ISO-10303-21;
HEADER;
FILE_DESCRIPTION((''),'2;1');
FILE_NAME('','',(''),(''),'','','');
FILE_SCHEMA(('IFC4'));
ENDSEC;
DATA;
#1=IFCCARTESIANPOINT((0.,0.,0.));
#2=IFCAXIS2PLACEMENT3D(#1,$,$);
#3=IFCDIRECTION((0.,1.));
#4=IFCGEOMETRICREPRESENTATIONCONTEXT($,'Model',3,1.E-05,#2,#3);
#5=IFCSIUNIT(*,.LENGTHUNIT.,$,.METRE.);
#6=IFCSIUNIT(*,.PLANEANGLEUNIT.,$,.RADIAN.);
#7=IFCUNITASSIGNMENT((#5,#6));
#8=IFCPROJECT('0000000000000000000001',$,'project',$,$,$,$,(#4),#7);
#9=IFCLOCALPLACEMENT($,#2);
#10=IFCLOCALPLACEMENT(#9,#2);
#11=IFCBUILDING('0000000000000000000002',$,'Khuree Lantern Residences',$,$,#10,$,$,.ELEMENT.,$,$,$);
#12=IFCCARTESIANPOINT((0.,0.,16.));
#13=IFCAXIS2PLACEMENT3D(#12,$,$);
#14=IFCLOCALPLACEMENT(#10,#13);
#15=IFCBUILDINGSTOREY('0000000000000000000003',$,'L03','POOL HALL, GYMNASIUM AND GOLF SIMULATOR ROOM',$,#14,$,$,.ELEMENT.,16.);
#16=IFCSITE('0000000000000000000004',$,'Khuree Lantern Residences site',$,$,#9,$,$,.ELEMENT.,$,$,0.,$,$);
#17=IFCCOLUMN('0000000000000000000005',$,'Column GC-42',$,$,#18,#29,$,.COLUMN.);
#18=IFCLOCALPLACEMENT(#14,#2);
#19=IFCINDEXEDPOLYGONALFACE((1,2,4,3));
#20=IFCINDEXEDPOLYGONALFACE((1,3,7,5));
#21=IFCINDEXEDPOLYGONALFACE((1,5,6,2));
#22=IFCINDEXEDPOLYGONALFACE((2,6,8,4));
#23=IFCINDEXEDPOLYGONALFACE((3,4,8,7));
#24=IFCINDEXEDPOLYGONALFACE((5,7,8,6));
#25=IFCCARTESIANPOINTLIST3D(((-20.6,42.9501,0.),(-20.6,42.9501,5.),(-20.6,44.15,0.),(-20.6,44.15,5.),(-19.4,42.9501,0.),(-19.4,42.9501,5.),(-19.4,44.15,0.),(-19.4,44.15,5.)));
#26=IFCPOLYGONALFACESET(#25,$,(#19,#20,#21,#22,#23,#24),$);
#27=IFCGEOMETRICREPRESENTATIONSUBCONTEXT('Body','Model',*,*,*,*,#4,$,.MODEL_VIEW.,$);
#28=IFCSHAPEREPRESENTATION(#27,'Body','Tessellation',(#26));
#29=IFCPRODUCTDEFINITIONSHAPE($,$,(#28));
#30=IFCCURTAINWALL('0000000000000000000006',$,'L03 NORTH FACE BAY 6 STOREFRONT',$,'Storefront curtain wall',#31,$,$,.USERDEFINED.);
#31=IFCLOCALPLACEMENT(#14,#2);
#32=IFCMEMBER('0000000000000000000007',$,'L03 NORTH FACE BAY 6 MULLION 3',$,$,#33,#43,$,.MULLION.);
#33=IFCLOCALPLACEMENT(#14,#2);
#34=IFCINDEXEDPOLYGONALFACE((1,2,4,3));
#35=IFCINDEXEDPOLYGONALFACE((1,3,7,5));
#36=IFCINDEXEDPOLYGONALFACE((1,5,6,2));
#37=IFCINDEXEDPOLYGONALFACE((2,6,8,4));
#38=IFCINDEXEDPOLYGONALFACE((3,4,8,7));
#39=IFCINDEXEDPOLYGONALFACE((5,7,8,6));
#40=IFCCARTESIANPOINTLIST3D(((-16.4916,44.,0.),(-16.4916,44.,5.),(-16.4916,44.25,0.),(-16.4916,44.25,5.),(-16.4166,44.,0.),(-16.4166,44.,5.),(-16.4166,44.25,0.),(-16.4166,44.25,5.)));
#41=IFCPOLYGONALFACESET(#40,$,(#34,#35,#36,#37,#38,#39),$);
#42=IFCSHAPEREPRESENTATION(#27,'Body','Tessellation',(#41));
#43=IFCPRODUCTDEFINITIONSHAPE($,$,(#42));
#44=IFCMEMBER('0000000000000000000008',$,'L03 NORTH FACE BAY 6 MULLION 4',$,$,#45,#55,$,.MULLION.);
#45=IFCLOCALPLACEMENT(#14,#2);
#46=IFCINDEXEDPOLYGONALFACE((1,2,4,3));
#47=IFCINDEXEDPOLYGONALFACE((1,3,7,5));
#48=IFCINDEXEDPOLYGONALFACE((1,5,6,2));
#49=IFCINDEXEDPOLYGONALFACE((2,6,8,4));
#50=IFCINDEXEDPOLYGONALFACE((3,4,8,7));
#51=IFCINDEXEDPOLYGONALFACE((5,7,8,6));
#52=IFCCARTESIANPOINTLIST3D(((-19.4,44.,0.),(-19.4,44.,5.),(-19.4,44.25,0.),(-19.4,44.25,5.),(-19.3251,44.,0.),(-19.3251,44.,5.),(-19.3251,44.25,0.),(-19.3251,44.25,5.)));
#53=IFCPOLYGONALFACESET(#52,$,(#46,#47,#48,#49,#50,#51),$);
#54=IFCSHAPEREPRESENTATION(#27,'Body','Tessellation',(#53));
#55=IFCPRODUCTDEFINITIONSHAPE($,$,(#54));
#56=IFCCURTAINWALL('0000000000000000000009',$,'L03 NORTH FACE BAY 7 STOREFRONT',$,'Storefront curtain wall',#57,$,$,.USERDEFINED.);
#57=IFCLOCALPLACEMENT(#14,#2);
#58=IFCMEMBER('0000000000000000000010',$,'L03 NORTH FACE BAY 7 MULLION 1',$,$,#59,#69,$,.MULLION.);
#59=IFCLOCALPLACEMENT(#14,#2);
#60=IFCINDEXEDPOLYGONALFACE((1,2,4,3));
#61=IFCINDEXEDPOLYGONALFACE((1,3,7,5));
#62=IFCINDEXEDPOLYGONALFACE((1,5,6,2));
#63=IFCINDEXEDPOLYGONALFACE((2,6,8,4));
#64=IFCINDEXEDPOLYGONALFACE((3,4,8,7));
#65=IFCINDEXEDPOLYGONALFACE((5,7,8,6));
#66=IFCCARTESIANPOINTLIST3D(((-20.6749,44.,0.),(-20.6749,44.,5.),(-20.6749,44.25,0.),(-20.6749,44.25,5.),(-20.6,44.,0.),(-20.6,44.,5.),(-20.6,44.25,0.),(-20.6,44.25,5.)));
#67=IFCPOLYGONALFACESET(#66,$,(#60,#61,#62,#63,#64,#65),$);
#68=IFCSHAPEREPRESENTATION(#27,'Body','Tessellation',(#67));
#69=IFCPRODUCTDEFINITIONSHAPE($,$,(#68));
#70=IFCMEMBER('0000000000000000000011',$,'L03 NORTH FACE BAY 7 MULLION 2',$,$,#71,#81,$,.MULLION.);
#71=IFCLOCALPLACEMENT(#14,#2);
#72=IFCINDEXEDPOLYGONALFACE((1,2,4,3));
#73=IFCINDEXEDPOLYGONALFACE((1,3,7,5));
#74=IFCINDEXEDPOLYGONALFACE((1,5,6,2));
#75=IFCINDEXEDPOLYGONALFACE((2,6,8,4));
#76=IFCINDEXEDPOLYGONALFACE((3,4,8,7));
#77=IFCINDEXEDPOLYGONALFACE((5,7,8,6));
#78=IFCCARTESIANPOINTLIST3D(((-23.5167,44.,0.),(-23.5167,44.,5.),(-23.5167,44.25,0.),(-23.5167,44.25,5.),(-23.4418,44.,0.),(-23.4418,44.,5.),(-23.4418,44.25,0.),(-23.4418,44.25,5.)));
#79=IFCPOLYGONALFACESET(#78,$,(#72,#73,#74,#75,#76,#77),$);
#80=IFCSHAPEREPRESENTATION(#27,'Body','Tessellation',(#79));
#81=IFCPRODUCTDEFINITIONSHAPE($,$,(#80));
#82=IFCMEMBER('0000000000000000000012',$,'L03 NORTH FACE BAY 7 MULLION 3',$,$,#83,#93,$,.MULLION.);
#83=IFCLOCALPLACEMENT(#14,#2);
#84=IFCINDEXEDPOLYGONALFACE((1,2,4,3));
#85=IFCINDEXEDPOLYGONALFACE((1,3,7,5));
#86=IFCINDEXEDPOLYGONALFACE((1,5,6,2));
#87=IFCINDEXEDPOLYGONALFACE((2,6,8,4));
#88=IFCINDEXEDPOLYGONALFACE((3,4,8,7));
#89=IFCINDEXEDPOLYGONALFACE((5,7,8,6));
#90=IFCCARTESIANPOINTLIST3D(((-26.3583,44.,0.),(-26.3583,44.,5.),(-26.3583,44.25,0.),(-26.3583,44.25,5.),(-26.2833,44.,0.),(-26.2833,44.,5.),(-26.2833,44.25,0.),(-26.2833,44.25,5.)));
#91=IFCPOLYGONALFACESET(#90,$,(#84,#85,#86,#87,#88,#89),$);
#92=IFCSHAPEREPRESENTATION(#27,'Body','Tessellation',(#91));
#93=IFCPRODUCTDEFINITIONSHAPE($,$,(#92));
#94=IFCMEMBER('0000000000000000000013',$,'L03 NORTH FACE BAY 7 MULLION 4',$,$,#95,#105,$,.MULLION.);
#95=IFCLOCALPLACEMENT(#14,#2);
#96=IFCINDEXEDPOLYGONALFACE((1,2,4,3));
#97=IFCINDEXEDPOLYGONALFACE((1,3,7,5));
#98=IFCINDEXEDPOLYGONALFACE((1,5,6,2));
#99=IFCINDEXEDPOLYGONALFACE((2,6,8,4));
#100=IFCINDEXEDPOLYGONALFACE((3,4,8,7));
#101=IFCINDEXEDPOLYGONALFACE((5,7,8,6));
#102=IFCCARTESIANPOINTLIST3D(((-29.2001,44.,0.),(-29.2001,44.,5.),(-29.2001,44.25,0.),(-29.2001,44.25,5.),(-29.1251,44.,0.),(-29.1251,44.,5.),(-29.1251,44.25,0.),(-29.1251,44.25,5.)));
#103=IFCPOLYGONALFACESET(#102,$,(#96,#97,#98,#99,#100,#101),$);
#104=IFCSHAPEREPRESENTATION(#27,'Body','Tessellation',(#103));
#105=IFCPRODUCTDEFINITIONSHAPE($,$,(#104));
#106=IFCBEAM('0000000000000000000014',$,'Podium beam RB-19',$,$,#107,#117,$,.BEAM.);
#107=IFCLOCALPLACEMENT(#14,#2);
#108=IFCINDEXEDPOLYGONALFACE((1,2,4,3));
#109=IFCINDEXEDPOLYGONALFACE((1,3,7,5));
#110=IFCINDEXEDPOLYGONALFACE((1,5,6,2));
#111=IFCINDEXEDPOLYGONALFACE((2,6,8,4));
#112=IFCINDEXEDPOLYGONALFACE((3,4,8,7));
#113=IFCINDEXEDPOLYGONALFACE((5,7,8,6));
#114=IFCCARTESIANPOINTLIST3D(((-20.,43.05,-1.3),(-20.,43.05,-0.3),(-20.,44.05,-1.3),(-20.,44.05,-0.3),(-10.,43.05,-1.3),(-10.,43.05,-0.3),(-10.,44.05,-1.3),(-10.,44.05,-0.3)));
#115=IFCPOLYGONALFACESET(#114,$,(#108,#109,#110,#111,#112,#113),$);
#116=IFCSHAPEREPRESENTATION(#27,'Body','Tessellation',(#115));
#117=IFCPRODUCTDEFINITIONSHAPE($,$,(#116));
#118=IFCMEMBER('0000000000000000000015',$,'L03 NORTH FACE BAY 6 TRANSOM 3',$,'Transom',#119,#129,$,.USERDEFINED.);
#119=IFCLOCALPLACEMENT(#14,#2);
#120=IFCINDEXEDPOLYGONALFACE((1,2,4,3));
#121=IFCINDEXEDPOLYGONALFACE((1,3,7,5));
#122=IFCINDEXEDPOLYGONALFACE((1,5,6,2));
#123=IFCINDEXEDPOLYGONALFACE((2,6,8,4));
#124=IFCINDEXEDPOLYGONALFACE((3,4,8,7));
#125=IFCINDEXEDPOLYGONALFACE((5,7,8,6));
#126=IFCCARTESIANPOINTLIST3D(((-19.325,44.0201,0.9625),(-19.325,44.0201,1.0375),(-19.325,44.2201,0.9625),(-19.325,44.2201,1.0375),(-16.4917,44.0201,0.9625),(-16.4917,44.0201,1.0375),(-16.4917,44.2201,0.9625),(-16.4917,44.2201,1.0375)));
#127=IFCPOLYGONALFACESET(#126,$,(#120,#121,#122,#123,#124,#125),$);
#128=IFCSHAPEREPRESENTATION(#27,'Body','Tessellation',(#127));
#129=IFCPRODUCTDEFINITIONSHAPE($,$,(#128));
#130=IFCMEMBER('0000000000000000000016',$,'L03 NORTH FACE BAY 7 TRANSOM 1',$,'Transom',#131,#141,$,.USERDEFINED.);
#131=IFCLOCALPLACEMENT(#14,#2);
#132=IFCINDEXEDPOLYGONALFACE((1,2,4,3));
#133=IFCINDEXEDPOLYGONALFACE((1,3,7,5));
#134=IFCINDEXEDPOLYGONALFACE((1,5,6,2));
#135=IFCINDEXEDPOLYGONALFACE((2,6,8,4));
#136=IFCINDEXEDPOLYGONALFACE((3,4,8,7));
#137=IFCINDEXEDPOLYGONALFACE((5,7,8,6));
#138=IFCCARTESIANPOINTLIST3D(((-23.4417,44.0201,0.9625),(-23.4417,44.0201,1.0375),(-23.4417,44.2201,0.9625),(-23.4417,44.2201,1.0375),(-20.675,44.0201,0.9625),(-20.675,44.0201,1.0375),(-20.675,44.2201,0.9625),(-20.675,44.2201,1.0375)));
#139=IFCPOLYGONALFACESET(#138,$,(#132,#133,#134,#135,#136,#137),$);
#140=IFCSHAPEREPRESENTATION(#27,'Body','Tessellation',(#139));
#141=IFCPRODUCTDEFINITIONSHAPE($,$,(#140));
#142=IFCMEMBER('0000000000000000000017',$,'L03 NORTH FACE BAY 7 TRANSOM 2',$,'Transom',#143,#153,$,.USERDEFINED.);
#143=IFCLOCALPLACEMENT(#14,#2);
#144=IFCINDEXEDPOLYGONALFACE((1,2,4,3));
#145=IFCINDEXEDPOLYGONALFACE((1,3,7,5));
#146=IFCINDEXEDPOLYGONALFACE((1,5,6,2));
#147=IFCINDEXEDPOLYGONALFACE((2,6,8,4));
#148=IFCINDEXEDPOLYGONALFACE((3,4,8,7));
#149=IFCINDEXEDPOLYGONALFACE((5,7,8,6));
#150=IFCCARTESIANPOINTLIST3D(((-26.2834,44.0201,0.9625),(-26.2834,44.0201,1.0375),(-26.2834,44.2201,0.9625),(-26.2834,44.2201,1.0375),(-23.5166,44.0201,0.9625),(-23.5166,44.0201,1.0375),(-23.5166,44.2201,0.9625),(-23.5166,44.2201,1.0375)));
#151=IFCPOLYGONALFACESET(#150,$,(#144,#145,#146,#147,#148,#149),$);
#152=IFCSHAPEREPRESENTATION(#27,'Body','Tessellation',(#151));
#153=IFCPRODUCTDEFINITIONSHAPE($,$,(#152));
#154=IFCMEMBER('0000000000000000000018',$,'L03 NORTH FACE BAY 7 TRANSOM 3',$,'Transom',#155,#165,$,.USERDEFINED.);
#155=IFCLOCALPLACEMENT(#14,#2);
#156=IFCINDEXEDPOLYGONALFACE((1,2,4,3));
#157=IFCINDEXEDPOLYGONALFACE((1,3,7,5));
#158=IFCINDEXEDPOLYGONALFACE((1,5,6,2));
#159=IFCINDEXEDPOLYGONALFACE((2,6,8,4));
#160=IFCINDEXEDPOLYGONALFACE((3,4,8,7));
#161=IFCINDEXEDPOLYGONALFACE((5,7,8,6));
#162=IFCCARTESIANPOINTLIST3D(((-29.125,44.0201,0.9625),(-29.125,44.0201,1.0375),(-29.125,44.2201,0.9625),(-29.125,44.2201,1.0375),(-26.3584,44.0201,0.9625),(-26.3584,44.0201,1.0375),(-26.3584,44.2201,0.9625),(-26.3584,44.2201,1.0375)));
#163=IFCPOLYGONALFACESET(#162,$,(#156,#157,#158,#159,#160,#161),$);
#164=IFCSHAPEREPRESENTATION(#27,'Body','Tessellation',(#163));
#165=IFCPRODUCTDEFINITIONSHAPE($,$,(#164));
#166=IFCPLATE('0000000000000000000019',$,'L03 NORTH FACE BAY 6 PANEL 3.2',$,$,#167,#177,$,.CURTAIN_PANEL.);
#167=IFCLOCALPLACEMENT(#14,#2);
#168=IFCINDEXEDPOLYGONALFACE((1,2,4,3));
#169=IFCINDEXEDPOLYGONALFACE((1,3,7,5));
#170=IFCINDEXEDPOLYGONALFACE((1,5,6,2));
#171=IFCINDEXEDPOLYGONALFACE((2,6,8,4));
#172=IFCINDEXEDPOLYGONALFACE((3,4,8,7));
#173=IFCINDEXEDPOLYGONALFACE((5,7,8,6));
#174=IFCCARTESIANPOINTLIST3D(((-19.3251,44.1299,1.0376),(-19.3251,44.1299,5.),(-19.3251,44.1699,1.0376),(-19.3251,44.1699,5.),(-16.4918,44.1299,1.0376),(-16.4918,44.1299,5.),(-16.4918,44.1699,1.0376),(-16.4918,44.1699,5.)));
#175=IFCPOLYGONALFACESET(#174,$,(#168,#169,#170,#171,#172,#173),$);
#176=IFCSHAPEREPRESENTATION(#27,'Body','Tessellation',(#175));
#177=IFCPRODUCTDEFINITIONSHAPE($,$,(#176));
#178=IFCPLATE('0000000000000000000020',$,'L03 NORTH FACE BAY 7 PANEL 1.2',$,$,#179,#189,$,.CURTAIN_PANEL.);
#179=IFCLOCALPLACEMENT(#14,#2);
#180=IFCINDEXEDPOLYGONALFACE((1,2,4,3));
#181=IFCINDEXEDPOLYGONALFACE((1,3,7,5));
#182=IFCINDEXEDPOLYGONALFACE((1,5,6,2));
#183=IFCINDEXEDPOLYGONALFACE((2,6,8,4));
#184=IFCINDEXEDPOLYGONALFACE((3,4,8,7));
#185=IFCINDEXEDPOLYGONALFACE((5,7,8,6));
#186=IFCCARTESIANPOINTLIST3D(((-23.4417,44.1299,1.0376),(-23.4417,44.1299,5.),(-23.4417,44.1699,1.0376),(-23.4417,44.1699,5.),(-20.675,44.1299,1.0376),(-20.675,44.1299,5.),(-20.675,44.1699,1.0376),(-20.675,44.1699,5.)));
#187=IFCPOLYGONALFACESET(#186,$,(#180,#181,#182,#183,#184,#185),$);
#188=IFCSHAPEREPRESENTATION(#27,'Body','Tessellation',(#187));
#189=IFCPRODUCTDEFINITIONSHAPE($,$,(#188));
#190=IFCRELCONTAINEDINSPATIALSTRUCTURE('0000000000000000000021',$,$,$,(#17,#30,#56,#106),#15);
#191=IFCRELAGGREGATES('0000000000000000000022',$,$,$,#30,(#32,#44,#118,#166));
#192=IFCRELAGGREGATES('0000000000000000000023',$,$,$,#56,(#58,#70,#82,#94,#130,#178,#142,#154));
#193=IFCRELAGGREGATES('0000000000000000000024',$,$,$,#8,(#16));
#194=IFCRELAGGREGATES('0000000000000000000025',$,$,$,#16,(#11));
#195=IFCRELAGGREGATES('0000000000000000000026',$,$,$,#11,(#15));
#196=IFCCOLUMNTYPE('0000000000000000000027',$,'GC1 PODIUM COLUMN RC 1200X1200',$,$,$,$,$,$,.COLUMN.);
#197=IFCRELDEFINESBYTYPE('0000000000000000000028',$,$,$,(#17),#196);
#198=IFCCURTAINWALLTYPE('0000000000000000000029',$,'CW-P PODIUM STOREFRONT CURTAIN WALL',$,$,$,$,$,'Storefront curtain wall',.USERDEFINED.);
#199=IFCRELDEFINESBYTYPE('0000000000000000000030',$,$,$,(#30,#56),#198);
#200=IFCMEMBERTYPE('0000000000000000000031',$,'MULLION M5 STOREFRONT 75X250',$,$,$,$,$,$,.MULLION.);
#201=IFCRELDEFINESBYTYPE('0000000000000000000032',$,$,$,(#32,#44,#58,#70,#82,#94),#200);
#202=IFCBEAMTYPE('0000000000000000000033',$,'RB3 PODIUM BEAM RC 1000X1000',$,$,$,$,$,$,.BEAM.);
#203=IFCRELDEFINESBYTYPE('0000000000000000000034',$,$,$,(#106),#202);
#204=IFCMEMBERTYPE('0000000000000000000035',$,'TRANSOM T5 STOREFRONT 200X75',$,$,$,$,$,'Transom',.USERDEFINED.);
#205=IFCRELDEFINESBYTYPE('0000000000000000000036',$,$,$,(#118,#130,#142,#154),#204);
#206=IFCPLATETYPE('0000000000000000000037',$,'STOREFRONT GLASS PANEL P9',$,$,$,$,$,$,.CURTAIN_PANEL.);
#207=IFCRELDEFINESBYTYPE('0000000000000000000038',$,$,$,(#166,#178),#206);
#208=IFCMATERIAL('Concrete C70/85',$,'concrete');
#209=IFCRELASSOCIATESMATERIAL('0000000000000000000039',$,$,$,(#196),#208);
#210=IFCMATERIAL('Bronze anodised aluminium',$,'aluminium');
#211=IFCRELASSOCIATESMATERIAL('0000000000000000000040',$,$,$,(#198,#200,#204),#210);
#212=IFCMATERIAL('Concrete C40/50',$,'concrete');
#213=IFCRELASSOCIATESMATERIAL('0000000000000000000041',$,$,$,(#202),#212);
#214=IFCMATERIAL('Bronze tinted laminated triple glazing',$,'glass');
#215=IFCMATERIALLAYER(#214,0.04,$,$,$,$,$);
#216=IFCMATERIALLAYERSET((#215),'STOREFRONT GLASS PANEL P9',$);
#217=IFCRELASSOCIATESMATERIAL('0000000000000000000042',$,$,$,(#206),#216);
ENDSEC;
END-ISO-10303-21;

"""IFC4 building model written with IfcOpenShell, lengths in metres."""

from ifc_helpers import new_model, si_unit, direction, frame, origin, origin_2d, place, context, subcontext, project, spatial, rectangle, extrude, material, layer, layer_set, material_profile, profile_set, type_object, element, aggregate, save


model = new_model("IFC4")

# Units and contexts
model_context = context("Model", 3, precision=1e-05, world=origin(), true_north=direction((0.0, 1.0)))
body_context = subcontext(model_context, "Body", "Model", "MODEL_VIEW")
ifc_project = project(units=[si_unit("LENGTHUNIT", "METRE"), si_unit("PLANEANGLEUNIT", "RADIAN")], contexts=[model_context])

# Site, building, storey
site_placement = place(None, origin())
site = spatial("IfcSite", under=ifc_project, at=site_placement, Name="Khuree Lantern Residences site", CompositionType="ELEMENT", RefElevation=0.0)
building_placement = place(site_placement, origin())
building = spatial("IfcBuilding", under=site, at=building_placement, Name="Khuree Lantern Residences", CompositionType="ELEMENT")
storey_placement = place(building_placement, frame((0.0, 0.0, 16.0)))
storey = spatial("IfcBuildingStorey", under=building, at=storey_placement, Name="L03", Description="POOL HALL, GYMNASIUM AND GOLF SIMULATOR ROOM", CompositionType="ELEMENT", Elevation=16.0)

# Column
ifc_material_1 = material(Name="Concrete C70/85", Category="concrete")
ifc_material_profile_1 = material_profile(ifc_material_1, rectangle(XDim=1.2, YDim=1.2, at=origin_2d()), Name="RC 1200X1200")
ifc_profile_set_1 = profile_set([ifc_material_profile_1], Name="Concrete C70/85")
column_type = type_object("IfcColumnType", Name="GC1 PODIUM COLUMN RC 1200X1200", PredefinedType="COLUMN", material=ifc_profile_set_1)
column_placement = place(storey_placement, frame((-20.0, 43.55, 0.0), z_axis=(0.0, 0.0, 1.0), x_axis=(1.0, 0.0, 0.0)))
element("IfcColumn", 1, at=column_placement, inside=storey, type_object=column_type, Name="Column GC-42", PredefinedType="COLUMN", context=body_context, shape_type="SweptSolid", body=[
    extrude(rectangle(XDim=1.2, YDim=1.2, at=origin_2d()), origin(), (0.0, 0.0, 1.0), 5.0),
])

# Curtain walls, members
ifc_material_2 = material(Name="Bronze anodised aluminium", Category="aluminium")
curtain_wall_type = type_object("IfcCurtainWallType", Name="CW-P PODIUM STOREFRONT CURTAIN WALL", ElementType="Storefront curtain wall", PredefinedType="USERDEFINED", material=ifc_material_2)
curtain_wall_1_placement = place(storey_placement, origin())
curtain_wall_1 = element("IfcCurtainWall", 2, at=curtain_wall_1_placement, inside=storey, type_object=curtain_wall_type, Name="L03 NORTH FACE BAY 6 STOREFRONT", ObjectType="Storefront curtain wall", PredefinedType="USERDEFINED")
ifc_material_profile_2 = material_profile(ifc_material_2, rectangle(XDim=0.075, YDim=0.25, at=origin_2d()), Name="M5 75X250")
ifc_profile_set_2 = profile_set([ifc_material_profile_2], Name="Bronze anodised aluminium")
member_type_1 = type_object("IfcMemberType", Name="MULLION M5 STOREFRONT 75X250", PredefinedType="MULLION", material=ifc_profile_set_2)
member_1_placement = place(storey_placement, frame((-16.4541, 44.125, 0.0), z_axis=(0.0, 0.0, 1.0), x_axis=(-1.0, 0.0, 0.0)))
member_1 = element("IfcMember", 3, at=member_1_placement, type_object=member_type_1, Name="L03 NORTH FACE BAY 6 MULLION 3", PredefinedType="MULLION", context=body_context, shape_type="SweptSolid", body=[
    extrude(rectangle(XDim=0.075, YDim=0.25, at=origin_2d()), origin(), (0.0, 0.0, 1.0), 5.0),
])
member_2_placement = place(storey_placement, frame((-19.3625, 44.125, 0.0), z_axis=(0.0, 0.0, 1.0), x_axis=(-1.0, 0.0, 0.0)))
member_2 = element("IfcMember", 4, at=member_2_placement, type_object=member_type_1, Name="L03 NORTH FACE BAY 6 MULLION 4", PredefinedType="MULLION", context=body_context, shape_type="SweptSolid", body=[
    extrude(rectangle(XDim=0.075, YDim=0.25, at=origin_2d()), origin(), (0.0, 0.0, 1.0), 5.0),
])
curtain_wall_2_placement = place(storey_placement, origin())
curtain_wall_2 = element("IfcCurtainWall", 5, at=curtain_wall_2_placement, inside=storey, type_object=curtain_wall_type, Name="L03 NORTH FACE BAY 7 STOREFRONT", ObjectType="Storefront curtain wall", PredefinedType="USERDEFINED")
member_3_placement = place(storey_placement, frame((-20.6375, 44.125, 0.0), z_axis=(0.0, 0.0, 1.0), x_axis=(-1.0, 0.0, 0.0)))
member_3 = element("IfcMember", 6, at=member_3_placement, type_object=member_type_1, Name="L03 NORTH FACE BAY 7 MULLION 1", PredefinedType="MULLION", context=body_context, shape_type="SweptSolid", body=[
    extrude(rectangle(XDim=0.075, YDim=0.25, at=origin_2d()), origin(), (0.0, 0.0, 1.0), 5.0),
])
member_4_placement = place(storey_placement, frame((-23.4792, 44.125, 0.0), z_axis=(0.0, 0.0, 1.0), x_axis=(-1.0, 0.0, 0.0)))
member_4 = element("IfcMember", 7, at=member_4_placement, type_object=member_type_1, Name="L03 NORTH FACE BAY 7 MULLION 2", PredefinedType="MULLION", context=body_context, shape_type="SweptSolid", body=[
    extrude(rectangle(XDim=0.075, YDim=0.25, at=origin_2d()), origin(), (0.0, 0.0, 1.0), 5.0),
])
member_5_placement = place(storey_placement, frame((-26.3208, 44.125, 0.0), z_axis=(0.0, 0.0, 1.0), x_axis=(-1.0, 0.0, 0.0)))
member_5 = element("IfcMember", 8, at=member_5_placement, type_object=member_type_1, Name="L03 NORTH FACE BAY 7 MULLION 3", PredefinedType="MULLION", context=body_context, shape_type="SweptSolid", body=[
    extrude(rectangle(XDim=0.075, YDim=0.25, at=origin_2d()), origin(), (0.0, 0.0, 1.0), 5.0),
])
member_6_placement = place(storey_placement, frame((-29.1626, 44.125, 0.0), z_axis=(0.0, 0.0, 1.0), x_axis=(-1.0, 0.0, 0.0)))
member_6 = element("IfcMember", 9, at=member_6_placement, type_object=member_type_1, Name="L03 NORTH FACE BAY 7 MULLION 4", PredefinedType="MULLION", context=body_context, shape_type="SweptSolid", body=[
    extrude(rectangle(XDim=0.075, YDim=0.25, at=origin_2d()), origin(), (0.0, 0.0, 1.0), 5.0),
])

# Beam
ifc_material_3 = material(Name="Concrete C40/50", Category="concrete")
ifc_material_profile_3 = material_profile(ifc_material_3, rectangle(XDim=1.0, YDim=1.0, at=origin_2d()), Name="RC 1000X1000")
ifc_profile_set_3 = profile_set([ifc_material_profile_3], Name="Concrete C40/50")
beam_type = type_object("IfcBeamType", Name="RB3 PODIUM BEAM RC 1000X1000", PredefinedType="BEAM", material=ifc_profile_set_3)
beam_placement = place(storey_placement, frame((-20.0, 43.55, -0.8), z_axis=(1.0, 0.0, 0.0), x_axis=(0.0, 1.0, 0.0)))
element("IfcBeam", 10, at=beam_placement, inside=storey, type_object=beam_type, Name="Podium beam RB-19", PredefinedType="BEAM", context=body_context, shape_type="SweptSolid", body=[
    extrude(rectangle(XDim=1.0, YDim=1.0, at=origin_2d()), origin(), (0.0, 0.0, 1.0), 10.0),
])

# Members
ifc_material_profile_4 = material_profile(ifc_material_2, rectangle(XDim=0.2, YDim=0.075, at=origin_2d()), Name="T5 200X75")
ifc_profile_set_4 = profile_set([ifc_material_profile_4], Name="Bronze anodised aluminium")
member_type_2 = type_object("IfcMemberType", Name="TRANSOM T5 STOREFRONT 200X75", ElementType="Transom", PredefinedType="USERDEFINED", material=ifc_profile_set_4)
member_7_placement = place(storey_placement, frame((-16.4917, 44.1201, 1.0), z_axis=(-1.0, 0.0, 0.0), x_axis=(0.0, -1.0, 0.0)))
member_7 = element("IfcMember", 11, at=member_7_placement, type_object=member_type_2, Name="L03 NORTH FACE BAY 6 TRANSOM 3", ObjectType="Transom", PredefinedType="USERDEFINED", context=body_context, shape_type="SweptSolid", body=[
    extrude(rectangle(XDim=0.2, YDim=0.075, at=origin_2d()), origin(), (0.0, 0.0, 1.0), 2.8333),
])
member_8_placement = place(storey_placement, frame((-20.675, 44.1201, 1.0), z_axis=(-1.0, 0.0, 0.0), x_axis=(0.0, -1.0, 0.0)))
member_8 = element("IfcMember", 12, at=member_8_placement, type_object=member_type_2, Name="L03 NORTH FACE BAY 7 TRANSOM 1", ObjectType="Transom", PredefinedType="USERDEFINED", context=body_context, shape_type="SweptSolid", body=[
    extrude(rectangle(XDim=0.2, YDim=0.075, at=origin_2d()), origin(), (0.0, 0.0, 1.0), 2.7666),
])
member_9_placement = place(storey_placement, frame((-23.5166, 44.1201, 1.0), z_axis=(-1.0, 0.0, 0.0), x_axis=(0.0, -1.0, 0.0)))
member_9 = element("IfcMember", 13, at=member_9_placement, type_object=member_type_2, Name="L03 NORTH FACE BAY 7 TRANSOM 2", ObjectType="Transom", PredefinedType="USERDEFINED", context=body_context, shape_type="SweptSolid", body=[
    extrude(rectangle(XDim=0.2, YDim=0.075, at=origin_2d()), origin(), (0.0, 0.0, 1.0), 2.7668),
])
member_10_placement = place(storey_placement, frame((-26.3584, 44.1201, 1.0), z_axis=(-1.0, 0.0, 0.0), x_axis=(0.0, -1.0, 0.0)))
member_10 = element("IfcMember", 14, at=member_10_placement, type_object=member_type_2, Name="L03 NORTH FACE BAY 7 TRANSOM 3", ObjectType="Transom", PredefinedType="USERDEFINED", context=body_context, shape_type="SweptSolid", body=[
    extrude(rectangle(XDim=0.2, YDim=0.075, at=origin_2d()), origin(), (0.0, 0.0, 1.0), 2.7666),
])

# Plates
ifc_material_4 = material(Name="Bronze tinted laminated triple glazing", Category="glass")
ifc_layer_1 = layer(ifc_material_4, 0.04)
ifc_layer_set_1 = layer_set([ifc_layer_1], Name="STOREFRONT GLASS PANEL P9")
plate_type_1 = type_object("IfcPlateType", Name="STOREFRONT GLASS PANEL P9", PredefinedType="CURTAIN_PANEL", material=ifc_layer_set_1)
plate_1_placement = place(storey_placement, frame((-17.9084, 44.1499, 1.0376), z_axis=(0.0, 0.0, 1.0), x_axis=(-1.0, 0.0, 0.0)))
plate_1 = element("IfcPlate", 15, at=plate_1_placement, type_object=plate_type_1, Name="L03 NORTH FACE BAY 6 PANEL 3.2", PredefinedType="CURTAIN_PANEL", context=body_context, shape_type="SweptSolid", body=[
    extrude(rectangle(XDim=2.8333, YDim=0.04, at=origin_2d()), origin(), (0.0, 0.0, 1.0), 3.9624),
])
plate_2_placement = place(storey_placement, frame((-22.0583, 44.1499, 1.0376), z_axis=(0.0, 0.0, 1.0), x_axis=(-1.0, 0.0, 0.0)))
plate_2 = element("IfcPlate", 16, at=plate_2_placement, type_object=plate_type_1, Name="L03 NORTH FACE BAY 7 PANEL 1.2", PredefinedType="CURTAIN_PANEL", context=body_context, shape_type="SweptSolid", body=[
    extrude(rectangle(XDim=2.7666, YDim=0.04, at=origin_2d()), origin(), (0.0, 0.0, 1.0), 3.9624),
])
aggregate(curtain_wall_1, [member_1, member_2, member_7, plate_1])
aggregate(curtain_wall_2, [member_3, member_4, member_5, member_6, member_8, plate_2, member_9, member_10])

save(model, "model.ifc")
